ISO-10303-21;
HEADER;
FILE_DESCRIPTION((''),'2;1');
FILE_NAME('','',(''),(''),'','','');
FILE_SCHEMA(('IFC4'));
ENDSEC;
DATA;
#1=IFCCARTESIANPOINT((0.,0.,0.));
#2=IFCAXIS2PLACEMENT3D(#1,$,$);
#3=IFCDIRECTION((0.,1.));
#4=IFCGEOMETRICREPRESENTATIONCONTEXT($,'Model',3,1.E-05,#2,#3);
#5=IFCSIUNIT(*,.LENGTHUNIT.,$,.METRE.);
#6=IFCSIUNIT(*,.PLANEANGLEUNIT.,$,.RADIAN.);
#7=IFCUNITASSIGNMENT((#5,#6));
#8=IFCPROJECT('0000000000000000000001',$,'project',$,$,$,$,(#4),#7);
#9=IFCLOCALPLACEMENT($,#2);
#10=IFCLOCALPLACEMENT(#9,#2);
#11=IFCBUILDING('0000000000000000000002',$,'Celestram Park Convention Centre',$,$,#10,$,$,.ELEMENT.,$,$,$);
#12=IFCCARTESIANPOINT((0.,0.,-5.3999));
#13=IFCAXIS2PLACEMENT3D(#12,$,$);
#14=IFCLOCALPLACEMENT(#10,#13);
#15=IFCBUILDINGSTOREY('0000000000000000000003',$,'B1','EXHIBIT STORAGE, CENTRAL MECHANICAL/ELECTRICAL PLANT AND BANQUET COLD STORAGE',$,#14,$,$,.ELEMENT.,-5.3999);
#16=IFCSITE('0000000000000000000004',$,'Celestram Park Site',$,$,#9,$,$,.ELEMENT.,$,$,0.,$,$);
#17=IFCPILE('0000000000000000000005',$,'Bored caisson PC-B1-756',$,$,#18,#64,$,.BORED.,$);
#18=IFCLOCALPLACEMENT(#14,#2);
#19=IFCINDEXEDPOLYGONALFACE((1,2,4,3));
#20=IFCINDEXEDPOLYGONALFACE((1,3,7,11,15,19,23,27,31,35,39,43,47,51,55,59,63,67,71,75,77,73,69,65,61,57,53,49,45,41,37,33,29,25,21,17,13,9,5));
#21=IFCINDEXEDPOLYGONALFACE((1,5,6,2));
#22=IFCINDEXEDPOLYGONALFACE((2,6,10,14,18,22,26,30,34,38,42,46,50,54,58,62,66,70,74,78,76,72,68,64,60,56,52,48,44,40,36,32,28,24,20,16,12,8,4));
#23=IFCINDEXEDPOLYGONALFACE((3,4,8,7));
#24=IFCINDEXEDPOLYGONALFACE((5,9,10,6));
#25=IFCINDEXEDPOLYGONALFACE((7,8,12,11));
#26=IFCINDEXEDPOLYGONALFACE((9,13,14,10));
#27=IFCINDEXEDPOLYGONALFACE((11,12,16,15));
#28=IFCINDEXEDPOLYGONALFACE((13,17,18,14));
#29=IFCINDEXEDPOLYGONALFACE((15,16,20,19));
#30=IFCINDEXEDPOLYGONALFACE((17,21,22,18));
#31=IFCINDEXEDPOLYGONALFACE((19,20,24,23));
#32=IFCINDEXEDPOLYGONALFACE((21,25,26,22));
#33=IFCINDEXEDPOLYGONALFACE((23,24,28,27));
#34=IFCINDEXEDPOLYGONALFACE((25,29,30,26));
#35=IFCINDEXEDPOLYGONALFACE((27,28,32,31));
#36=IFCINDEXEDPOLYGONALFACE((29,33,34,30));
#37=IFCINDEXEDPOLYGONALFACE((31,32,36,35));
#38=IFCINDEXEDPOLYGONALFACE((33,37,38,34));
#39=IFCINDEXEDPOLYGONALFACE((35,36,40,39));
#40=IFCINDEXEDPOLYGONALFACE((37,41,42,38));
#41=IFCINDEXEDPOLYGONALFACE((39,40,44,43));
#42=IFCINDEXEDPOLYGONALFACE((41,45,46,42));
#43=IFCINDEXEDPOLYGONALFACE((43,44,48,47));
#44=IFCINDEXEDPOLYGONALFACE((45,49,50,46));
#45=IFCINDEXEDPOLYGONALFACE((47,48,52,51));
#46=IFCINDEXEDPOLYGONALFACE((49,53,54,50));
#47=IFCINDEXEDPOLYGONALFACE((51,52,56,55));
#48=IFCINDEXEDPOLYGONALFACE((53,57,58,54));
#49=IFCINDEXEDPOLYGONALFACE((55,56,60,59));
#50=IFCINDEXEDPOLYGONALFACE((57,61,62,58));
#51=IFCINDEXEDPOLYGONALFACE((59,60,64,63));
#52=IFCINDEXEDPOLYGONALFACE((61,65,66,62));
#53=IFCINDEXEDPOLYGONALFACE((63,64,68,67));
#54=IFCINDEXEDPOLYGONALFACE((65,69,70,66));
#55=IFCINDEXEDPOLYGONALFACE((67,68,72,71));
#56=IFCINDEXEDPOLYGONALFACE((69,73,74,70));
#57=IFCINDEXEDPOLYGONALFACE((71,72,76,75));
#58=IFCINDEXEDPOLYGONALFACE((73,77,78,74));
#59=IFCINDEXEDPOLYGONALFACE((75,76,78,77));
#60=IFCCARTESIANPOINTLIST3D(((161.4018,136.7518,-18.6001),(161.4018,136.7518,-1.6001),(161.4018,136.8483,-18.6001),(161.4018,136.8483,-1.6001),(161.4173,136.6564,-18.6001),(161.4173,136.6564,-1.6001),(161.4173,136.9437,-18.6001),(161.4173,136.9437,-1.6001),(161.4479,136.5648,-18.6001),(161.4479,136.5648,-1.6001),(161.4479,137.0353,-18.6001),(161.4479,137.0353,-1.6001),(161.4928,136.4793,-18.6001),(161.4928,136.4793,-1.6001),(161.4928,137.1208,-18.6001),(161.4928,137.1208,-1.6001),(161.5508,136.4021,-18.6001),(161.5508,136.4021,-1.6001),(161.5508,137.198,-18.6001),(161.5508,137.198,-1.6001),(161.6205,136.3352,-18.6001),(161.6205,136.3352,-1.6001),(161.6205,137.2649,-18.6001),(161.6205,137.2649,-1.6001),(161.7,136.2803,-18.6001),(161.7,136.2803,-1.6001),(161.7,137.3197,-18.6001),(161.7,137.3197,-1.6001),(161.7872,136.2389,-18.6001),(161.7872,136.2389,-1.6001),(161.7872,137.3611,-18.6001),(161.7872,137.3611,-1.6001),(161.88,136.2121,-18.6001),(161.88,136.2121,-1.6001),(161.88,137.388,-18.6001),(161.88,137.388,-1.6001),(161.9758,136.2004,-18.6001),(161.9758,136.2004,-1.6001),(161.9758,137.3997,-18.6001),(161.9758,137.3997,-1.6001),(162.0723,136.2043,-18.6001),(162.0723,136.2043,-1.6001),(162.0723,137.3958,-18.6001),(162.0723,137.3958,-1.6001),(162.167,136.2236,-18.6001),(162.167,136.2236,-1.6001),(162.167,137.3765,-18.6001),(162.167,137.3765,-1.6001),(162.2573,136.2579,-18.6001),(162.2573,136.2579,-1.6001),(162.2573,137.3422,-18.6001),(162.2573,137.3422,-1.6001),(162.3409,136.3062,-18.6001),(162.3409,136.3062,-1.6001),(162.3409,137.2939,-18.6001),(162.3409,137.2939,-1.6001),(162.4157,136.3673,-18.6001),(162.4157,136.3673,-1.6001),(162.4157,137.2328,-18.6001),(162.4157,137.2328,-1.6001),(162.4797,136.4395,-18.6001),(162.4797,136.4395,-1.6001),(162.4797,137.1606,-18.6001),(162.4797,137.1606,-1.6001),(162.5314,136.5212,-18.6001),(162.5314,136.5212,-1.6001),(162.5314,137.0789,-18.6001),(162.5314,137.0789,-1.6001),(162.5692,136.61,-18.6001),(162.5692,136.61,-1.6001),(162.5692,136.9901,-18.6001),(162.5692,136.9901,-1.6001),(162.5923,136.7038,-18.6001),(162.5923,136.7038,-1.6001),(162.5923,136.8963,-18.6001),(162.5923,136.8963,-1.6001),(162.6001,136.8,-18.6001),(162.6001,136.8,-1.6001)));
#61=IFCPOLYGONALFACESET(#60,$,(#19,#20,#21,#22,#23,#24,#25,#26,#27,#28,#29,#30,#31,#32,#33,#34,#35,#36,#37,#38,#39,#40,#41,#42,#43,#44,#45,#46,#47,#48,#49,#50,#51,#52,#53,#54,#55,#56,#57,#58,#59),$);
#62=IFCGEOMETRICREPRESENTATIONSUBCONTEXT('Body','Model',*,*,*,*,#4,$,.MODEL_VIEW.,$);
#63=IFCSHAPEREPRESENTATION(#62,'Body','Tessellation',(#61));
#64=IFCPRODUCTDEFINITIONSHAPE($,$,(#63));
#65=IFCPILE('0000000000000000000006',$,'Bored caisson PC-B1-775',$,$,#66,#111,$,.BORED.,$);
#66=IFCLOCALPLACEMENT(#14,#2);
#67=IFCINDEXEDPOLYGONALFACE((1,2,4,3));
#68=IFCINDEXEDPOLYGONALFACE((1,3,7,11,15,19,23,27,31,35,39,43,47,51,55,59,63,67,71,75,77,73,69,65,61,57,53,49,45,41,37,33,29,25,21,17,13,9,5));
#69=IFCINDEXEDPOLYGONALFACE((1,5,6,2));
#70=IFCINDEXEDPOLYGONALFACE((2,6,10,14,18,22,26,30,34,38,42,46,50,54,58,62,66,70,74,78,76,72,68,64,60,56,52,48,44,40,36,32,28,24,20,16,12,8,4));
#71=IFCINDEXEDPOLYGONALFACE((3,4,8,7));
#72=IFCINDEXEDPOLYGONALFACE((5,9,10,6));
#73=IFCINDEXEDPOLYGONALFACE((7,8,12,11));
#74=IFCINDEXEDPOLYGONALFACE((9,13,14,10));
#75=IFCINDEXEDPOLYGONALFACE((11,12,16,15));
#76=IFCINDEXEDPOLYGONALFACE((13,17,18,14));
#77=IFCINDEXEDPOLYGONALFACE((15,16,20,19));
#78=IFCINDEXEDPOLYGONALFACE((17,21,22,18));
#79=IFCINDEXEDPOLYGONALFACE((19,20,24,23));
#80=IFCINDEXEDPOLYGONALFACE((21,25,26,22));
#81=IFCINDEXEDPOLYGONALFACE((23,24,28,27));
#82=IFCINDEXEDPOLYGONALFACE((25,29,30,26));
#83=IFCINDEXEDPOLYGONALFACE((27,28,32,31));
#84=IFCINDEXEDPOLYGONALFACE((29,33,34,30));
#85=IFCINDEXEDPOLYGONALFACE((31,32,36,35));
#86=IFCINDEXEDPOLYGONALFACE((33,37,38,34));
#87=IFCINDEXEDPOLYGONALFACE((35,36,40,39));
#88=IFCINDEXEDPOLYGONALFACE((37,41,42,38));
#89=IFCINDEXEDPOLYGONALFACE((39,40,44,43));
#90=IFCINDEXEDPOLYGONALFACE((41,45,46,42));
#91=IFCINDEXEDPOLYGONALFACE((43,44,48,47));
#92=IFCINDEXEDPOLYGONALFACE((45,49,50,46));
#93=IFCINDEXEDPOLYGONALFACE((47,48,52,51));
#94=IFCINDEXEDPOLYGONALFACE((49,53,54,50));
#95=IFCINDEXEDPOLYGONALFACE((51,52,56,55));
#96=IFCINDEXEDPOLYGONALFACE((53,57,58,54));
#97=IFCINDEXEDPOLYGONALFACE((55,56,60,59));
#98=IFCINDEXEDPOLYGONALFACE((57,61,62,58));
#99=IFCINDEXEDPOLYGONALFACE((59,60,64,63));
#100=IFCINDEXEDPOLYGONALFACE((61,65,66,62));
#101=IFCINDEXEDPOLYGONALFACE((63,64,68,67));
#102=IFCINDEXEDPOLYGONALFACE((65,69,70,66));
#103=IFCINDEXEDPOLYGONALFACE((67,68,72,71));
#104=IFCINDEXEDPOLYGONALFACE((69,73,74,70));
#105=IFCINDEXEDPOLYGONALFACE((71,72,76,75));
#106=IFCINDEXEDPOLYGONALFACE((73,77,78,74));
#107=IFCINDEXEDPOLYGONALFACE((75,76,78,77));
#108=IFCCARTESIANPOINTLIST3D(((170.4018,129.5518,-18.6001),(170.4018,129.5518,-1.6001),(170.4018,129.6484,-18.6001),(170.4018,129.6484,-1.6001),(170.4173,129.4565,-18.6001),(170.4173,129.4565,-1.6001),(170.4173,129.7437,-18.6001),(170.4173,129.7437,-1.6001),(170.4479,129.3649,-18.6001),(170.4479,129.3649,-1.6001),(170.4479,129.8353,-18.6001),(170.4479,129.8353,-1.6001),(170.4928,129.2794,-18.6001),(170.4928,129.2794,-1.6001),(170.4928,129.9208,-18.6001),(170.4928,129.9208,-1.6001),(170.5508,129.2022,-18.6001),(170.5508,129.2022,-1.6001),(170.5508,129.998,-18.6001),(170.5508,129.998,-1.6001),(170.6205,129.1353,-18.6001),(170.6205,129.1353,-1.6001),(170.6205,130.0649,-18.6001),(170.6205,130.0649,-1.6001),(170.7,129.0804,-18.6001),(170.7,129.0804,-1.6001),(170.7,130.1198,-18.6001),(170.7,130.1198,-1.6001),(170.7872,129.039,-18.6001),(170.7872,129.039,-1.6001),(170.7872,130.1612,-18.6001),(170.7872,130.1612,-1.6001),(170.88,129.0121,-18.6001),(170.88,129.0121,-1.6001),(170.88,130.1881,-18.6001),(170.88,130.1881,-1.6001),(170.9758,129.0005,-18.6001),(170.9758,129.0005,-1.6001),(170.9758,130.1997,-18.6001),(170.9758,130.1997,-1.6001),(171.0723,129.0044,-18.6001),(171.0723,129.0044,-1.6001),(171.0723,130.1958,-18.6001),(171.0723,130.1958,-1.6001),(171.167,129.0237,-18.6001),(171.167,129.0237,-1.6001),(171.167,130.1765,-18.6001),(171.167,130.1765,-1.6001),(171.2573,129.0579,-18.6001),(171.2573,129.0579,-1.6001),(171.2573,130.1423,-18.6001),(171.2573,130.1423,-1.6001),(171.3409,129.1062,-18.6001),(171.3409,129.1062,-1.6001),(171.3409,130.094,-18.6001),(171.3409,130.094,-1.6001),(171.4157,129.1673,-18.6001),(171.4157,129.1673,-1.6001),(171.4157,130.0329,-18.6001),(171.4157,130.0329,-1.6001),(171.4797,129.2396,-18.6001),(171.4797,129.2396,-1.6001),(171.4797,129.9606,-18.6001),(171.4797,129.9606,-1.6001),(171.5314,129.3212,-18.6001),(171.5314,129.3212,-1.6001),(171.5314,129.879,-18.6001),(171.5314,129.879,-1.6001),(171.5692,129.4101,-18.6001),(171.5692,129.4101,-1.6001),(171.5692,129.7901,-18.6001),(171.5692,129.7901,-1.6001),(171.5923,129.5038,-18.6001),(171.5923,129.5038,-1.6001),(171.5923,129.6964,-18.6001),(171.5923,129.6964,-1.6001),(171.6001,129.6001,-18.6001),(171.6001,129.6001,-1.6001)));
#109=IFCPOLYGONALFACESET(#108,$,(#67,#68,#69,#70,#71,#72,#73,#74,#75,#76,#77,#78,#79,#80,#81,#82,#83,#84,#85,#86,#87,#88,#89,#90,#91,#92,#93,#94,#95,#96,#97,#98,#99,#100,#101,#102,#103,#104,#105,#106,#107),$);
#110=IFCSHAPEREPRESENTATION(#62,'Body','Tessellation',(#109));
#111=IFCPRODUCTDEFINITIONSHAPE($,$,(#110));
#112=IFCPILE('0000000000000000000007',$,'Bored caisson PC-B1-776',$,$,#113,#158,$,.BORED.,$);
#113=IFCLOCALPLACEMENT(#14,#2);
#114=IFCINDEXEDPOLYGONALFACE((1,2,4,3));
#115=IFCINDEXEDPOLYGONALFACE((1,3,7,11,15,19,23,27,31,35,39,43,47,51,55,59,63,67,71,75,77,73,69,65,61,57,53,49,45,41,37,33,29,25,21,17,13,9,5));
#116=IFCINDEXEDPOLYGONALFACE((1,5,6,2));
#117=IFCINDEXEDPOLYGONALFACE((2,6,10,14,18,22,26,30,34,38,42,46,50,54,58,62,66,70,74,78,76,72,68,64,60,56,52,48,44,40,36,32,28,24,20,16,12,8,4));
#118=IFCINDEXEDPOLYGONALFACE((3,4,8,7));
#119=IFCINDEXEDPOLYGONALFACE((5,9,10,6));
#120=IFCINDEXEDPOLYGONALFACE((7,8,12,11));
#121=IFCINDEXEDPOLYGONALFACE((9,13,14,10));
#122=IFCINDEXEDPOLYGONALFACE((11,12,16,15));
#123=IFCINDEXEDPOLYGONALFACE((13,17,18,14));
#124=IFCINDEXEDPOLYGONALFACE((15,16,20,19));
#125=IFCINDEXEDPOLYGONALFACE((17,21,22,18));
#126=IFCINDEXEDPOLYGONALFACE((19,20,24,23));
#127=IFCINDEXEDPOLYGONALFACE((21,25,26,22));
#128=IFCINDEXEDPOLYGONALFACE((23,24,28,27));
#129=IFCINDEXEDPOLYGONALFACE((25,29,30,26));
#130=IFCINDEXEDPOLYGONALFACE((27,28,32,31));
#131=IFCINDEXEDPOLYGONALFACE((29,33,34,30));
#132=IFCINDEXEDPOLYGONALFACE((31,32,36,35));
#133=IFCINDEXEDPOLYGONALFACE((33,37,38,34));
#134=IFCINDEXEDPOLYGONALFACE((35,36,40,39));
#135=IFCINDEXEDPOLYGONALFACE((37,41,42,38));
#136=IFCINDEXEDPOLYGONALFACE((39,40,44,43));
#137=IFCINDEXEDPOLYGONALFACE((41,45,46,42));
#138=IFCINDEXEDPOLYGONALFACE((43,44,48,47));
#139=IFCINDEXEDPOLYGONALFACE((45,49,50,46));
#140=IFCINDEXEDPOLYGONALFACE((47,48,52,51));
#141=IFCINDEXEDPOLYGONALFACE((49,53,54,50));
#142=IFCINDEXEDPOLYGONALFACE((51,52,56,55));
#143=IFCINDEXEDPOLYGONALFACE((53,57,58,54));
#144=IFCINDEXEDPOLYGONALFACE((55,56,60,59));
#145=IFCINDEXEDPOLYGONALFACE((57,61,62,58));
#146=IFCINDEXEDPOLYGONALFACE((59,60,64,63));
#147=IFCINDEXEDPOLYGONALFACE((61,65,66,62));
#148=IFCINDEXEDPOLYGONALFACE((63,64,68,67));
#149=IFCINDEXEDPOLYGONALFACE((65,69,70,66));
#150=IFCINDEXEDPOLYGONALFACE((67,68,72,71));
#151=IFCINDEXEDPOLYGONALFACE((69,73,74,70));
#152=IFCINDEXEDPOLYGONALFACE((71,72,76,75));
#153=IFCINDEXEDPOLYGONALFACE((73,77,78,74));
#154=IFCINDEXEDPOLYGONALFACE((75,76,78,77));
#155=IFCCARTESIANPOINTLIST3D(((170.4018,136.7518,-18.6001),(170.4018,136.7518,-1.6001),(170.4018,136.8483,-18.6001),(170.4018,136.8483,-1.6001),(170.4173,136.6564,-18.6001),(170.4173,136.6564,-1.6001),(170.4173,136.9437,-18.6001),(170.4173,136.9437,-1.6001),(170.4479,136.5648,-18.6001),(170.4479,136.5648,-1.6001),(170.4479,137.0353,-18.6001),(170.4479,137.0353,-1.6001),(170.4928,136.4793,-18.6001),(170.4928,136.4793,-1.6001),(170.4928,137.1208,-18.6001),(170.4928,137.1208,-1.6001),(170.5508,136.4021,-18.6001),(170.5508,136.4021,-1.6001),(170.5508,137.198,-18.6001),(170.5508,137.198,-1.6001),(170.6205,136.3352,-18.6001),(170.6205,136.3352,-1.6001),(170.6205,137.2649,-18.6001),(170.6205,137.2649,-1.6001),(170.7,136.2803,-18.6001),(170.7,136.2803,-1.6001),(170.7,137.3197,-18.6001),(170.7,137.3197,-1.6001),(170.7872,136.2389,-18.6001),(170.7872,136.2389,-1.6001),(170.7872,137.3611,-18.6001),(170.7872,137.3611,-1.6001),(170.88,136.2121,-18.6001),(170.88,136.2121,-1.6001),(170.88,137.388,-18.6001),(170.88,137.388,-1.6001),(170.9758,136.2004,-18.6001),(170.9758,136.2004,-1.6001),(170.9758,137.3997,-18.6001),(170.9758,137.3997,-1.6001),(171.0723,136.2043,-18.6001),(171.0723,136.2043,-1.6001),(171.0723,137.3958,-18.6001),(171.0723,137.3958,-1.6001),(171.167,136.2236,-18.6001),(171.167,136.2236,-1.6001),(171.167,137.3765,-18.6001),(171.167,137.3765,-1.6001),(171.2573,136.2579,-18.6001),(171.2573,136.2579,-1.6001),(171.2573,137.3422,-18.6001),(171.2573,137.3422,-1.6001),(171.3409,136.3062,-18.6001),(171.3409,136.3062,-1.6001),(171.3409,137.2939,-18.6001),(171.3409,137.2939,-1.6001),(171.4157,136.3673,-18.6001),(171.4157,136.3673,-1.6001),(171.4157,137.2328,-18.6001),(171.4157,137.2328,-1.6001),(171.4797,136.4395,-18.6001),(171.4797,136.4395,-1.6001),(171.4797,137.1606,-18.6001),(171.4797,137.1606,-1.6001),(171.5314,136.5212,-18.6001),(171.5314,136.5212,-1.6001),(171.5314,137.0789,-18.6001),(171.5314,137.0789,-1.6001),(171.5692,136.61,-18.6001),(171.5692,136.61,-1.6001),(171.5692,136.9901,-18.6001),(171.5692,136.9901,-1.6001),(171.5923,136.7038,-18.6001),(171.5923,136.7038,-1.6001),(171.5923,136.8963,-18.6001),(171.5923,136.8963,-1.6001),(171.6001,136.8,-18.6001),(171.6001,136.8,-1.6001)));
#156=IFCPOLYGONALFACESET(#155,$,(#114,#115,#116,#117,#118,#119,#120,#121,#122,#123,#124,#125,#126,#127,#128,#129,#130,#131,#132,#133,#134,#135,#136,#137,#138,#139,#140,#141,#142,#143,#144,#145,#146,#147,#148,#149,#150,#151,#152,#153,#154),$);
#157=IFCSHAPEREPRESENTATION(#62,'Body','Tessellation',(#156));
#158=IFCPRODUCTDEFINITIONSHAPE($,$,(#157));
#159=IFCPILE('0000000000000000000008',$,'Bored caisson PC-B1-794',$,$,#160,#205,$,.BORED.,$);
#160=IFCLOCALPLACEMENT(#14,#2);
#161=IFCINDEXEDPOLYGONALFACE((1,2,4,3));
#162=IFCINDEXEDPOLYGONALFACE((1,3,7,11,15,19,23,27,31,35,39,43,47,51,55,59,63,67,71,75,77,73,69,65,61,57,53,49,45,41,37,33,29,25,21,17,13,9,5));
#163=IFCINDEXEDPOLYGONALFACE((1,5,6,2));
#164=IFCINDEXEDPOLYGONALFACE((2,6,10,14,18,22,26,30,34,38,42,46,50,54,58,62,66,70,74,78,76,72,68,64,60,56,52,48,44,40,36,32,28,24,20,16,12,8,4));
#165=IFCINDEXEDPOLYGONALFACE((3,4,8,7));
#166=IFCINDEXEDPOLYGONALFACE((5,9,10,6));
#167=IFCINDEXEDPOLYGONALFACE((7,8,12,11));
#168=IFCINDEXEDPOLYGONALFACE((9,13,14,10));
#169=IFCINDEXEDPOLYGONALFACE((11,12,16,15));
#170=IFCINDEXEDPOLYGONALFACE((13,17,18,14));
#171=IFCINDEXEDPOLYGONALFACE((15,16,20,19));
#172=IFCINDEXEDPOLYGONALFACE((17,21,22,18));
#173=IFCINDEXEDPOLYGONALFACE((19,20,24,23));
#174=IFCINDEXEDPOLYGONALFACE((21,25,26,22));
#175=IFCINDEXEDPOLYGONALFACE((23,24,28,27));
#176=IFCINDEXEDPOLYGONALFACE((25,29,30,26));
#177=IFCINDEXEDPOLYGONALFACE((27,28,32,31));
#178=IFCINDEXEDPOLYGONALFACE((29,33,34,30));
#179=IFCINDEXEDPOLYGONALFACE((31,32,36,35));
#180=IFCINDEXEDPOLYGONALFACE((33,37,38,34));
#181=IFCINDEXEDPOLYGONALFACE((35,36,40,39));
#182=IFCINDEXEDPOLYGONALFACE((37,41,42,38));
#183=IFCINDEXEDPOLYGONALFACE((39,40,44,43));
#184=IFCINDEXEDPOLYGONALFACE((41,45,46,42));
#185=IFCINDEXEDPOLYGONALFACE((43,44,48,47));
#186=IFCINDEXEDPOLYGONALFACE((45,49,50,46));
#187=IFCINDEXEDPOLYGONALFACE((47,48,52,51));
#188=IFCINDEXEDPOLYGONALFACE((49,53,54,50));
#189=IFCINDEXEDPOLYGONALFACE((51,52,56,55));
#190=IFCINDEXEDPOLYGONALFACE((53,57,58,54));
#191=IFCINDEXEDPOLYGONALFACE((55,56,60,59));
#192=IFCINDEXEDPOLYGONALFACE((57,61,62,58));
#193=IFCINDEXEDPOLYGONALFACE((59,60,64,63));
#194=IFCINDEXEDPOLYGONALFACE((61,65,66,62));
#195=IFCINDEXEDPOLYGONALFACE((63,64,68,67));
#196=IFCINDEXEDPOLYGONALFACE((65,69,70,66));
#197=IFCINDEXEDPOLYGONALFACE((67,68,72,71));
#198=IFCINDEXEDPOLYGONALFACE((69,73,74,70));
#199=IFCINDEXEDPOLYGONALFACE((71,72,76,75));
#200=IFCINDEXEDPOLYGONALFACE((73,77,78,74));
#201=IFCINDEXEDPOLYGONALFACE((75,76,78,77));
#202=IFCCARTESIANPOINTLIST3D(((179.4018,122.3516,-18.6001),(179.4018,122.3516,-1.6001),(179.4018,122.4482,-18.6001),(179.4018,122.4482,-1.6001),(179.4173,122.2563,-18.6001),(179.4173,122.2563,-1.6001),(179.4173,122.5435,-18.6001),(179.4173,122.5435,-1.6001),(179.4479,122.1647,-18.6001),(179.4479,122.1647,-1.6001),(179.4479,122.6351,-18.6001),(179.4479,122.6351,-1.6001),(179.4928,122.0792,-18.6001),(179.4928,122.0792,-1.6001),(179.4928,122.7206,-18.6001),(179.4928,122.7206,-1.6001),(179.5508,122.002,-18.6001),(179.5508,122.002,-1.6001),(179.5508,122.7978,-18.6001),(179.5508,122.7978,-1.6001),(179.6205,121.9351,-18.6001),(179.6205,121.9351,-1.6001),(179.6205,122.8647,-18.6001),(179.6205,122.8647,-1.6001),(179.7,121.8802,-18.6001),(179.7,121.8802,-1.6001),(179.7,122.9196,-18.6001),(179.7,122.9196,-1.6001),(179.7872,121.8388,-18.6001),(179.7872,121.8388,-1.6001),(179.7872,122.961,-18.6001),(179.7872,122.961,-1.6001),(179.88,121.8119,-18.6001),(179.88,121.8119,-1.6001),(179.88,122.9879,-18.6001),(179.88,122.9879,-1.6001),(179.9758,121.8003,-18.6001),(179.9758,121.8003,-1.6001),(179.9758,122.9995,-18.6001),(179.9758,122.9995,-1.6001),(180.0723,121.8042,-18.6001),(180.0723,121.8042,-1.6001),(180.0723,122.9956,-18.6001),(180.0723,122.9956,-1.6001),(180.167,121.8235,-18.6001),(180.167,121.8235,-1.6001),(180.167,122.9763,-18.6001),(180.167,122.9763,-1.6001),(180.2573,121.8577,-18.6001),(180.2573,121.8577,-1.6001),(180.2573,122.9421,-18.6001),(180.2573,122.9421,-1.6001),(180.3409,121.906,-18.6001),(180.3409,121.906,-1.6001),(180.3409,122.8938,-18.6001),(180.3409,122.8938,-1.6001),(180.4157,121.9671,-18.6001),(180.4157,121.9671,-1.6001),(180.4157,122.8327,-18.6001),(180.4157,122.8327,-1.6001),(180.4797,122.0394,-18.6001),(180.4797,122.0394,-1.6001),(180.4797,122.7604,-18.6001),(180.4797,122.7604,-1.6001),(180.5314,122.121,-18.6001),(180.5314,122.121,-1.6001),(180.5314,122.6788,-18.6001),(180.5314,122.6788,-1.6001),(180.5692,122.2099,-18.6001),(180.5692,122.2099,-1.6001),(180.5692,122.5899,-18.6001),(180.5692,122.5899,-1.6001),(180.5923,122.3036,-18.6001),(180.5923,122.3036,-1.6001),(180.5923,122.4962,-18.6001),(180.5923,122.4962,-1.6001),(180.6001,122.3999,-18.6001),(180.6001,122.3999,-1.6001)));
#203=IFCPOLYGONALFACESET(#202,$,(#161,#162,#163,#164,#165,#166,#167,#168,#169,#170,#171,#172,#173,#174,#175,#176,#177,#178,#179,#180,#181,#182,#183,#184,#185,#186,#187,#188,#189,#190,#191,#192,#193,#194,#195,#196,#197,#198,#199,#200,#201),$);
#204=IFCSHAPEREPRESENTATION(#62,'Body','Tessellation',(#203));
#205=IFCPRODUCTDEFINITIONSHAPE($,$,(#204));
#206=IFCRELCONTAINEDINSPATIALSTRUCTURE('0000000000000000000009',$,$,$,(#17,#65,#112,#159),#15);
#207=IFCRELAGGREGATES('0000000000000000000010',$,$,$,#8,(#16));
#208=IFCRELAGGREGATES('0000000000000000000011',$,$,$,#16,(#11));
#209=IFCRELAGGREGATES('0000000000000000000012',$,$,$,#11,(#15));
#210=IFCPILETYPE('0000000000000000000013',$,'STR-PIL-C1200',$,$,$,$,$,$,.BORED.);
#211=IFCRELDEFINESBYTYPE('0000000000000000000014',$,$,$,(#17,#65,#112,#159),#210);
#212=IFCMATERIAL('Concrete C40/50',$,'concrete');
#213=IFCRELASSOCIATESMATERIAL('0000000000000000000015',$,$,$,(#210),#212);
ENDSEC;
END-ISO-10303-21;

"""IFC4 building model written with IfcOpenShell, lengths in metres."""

from ifc_helpers import new_model, si_unit, direction, frame, origin, origin_2d, place, context, subcontext, project, spatial, circle, extrude, material, material_profile, profile_set, type_object, element, save


model = new_model("IFC4")

# Units and contexts
model_context = context("Model", 3, precision=1e-05, world=origin(), true_north=direction((0.0, 1.0)))
body_context = subcontext(model_context, "Body", "Model", "MODEL_VIEW")
ifc_project = project(units=[si_unit("LENGTHUNIT", "METRE"), si_unit("PLANEANGLEUNIT", "RADIAN")], contexts=[model_context])

# Site, building, storey
site_placement = place(None, origin())
site = spatial("IfcSite", under=ifc_project, at=site_placement, Name="Celestram Park Site", CompositionType="ELEMENT", RefElevation=0.0)
building_placement = place(site_placement, origin())
building = spatial("IfcBuilding", under=site, at=building_placement, Name="Celestram Park Convention Centre", CompositionType="ELEMENT")
storey_placement = place(building_placement, frame((0.0, 0.0, -5.3999)))
storey = spatial("IfcBuildingStorey", under=building, at=storey_placement, Name="B1", Description="EXHIBIT STORAGE, CENTRAL MECHANICAL/ELECTRICAL PLANT AND BANQUET COLD STORAGE", CompositionType="ELEMENT", Elevation=-5.3999)

# Shared definitions
ifc_material_1 = material(Name="Concrete C40/50", Category="concrete")

# Piles
ifc_material_profile_1 = material_profile(ifc_material_1, circle(Radius=0.6001, at=origin_2d()), Name="CAISSON1200")
ifc_profile_set_1 = profile_set([ifc_material_profile_1], Name="Concrete C40/50")
pile_type = type_object("IfcPileType", Name="STR-PIL-C1200", PredefinedType="BORED", material=ifc_profile_set_1)
for number, where, z_axis, x_axis, name in (
    (1, (162.0, 136.8, -1.6001), (0.0, 0.0, -1.0), (1.0, 0.0, 0.0), "Bored caisson PC-B1-756"),
    (2, (171.0, 129.6001, -1.6001), (0.0, 0.0, -1.0), (1.0, 0.0, 0.0), "Bored caisson PC-B1-775"),
    (3, (171.0, 136.8, -1.6001), (0.0, 0.0, -1.0), (1.0, 0.0, 0.0), "Bored caisson PC-B1-776"),
    (4, (180.0, 122.3999, -1.6001), (0.0, 0.0, -1.0), (1.0, 0.0, 0.0), "Bored caisson PC-B1-794"),
):
    element("IfcPile", number, at=place(storey_placement, frame(where, z_axis=z_axis, x_axis=x_axis)), inside=storey, type_object=pile_type, Name=name, PredefinedType="BORED", context=body_context, shape_type="SweptSolid", body=[
        extrude(circle(Radius=0.6001, at=origin_2d()), origin(), (0.0, 0.0, 1.0), 17.0),
    ])

save(model, "model.ifc")
